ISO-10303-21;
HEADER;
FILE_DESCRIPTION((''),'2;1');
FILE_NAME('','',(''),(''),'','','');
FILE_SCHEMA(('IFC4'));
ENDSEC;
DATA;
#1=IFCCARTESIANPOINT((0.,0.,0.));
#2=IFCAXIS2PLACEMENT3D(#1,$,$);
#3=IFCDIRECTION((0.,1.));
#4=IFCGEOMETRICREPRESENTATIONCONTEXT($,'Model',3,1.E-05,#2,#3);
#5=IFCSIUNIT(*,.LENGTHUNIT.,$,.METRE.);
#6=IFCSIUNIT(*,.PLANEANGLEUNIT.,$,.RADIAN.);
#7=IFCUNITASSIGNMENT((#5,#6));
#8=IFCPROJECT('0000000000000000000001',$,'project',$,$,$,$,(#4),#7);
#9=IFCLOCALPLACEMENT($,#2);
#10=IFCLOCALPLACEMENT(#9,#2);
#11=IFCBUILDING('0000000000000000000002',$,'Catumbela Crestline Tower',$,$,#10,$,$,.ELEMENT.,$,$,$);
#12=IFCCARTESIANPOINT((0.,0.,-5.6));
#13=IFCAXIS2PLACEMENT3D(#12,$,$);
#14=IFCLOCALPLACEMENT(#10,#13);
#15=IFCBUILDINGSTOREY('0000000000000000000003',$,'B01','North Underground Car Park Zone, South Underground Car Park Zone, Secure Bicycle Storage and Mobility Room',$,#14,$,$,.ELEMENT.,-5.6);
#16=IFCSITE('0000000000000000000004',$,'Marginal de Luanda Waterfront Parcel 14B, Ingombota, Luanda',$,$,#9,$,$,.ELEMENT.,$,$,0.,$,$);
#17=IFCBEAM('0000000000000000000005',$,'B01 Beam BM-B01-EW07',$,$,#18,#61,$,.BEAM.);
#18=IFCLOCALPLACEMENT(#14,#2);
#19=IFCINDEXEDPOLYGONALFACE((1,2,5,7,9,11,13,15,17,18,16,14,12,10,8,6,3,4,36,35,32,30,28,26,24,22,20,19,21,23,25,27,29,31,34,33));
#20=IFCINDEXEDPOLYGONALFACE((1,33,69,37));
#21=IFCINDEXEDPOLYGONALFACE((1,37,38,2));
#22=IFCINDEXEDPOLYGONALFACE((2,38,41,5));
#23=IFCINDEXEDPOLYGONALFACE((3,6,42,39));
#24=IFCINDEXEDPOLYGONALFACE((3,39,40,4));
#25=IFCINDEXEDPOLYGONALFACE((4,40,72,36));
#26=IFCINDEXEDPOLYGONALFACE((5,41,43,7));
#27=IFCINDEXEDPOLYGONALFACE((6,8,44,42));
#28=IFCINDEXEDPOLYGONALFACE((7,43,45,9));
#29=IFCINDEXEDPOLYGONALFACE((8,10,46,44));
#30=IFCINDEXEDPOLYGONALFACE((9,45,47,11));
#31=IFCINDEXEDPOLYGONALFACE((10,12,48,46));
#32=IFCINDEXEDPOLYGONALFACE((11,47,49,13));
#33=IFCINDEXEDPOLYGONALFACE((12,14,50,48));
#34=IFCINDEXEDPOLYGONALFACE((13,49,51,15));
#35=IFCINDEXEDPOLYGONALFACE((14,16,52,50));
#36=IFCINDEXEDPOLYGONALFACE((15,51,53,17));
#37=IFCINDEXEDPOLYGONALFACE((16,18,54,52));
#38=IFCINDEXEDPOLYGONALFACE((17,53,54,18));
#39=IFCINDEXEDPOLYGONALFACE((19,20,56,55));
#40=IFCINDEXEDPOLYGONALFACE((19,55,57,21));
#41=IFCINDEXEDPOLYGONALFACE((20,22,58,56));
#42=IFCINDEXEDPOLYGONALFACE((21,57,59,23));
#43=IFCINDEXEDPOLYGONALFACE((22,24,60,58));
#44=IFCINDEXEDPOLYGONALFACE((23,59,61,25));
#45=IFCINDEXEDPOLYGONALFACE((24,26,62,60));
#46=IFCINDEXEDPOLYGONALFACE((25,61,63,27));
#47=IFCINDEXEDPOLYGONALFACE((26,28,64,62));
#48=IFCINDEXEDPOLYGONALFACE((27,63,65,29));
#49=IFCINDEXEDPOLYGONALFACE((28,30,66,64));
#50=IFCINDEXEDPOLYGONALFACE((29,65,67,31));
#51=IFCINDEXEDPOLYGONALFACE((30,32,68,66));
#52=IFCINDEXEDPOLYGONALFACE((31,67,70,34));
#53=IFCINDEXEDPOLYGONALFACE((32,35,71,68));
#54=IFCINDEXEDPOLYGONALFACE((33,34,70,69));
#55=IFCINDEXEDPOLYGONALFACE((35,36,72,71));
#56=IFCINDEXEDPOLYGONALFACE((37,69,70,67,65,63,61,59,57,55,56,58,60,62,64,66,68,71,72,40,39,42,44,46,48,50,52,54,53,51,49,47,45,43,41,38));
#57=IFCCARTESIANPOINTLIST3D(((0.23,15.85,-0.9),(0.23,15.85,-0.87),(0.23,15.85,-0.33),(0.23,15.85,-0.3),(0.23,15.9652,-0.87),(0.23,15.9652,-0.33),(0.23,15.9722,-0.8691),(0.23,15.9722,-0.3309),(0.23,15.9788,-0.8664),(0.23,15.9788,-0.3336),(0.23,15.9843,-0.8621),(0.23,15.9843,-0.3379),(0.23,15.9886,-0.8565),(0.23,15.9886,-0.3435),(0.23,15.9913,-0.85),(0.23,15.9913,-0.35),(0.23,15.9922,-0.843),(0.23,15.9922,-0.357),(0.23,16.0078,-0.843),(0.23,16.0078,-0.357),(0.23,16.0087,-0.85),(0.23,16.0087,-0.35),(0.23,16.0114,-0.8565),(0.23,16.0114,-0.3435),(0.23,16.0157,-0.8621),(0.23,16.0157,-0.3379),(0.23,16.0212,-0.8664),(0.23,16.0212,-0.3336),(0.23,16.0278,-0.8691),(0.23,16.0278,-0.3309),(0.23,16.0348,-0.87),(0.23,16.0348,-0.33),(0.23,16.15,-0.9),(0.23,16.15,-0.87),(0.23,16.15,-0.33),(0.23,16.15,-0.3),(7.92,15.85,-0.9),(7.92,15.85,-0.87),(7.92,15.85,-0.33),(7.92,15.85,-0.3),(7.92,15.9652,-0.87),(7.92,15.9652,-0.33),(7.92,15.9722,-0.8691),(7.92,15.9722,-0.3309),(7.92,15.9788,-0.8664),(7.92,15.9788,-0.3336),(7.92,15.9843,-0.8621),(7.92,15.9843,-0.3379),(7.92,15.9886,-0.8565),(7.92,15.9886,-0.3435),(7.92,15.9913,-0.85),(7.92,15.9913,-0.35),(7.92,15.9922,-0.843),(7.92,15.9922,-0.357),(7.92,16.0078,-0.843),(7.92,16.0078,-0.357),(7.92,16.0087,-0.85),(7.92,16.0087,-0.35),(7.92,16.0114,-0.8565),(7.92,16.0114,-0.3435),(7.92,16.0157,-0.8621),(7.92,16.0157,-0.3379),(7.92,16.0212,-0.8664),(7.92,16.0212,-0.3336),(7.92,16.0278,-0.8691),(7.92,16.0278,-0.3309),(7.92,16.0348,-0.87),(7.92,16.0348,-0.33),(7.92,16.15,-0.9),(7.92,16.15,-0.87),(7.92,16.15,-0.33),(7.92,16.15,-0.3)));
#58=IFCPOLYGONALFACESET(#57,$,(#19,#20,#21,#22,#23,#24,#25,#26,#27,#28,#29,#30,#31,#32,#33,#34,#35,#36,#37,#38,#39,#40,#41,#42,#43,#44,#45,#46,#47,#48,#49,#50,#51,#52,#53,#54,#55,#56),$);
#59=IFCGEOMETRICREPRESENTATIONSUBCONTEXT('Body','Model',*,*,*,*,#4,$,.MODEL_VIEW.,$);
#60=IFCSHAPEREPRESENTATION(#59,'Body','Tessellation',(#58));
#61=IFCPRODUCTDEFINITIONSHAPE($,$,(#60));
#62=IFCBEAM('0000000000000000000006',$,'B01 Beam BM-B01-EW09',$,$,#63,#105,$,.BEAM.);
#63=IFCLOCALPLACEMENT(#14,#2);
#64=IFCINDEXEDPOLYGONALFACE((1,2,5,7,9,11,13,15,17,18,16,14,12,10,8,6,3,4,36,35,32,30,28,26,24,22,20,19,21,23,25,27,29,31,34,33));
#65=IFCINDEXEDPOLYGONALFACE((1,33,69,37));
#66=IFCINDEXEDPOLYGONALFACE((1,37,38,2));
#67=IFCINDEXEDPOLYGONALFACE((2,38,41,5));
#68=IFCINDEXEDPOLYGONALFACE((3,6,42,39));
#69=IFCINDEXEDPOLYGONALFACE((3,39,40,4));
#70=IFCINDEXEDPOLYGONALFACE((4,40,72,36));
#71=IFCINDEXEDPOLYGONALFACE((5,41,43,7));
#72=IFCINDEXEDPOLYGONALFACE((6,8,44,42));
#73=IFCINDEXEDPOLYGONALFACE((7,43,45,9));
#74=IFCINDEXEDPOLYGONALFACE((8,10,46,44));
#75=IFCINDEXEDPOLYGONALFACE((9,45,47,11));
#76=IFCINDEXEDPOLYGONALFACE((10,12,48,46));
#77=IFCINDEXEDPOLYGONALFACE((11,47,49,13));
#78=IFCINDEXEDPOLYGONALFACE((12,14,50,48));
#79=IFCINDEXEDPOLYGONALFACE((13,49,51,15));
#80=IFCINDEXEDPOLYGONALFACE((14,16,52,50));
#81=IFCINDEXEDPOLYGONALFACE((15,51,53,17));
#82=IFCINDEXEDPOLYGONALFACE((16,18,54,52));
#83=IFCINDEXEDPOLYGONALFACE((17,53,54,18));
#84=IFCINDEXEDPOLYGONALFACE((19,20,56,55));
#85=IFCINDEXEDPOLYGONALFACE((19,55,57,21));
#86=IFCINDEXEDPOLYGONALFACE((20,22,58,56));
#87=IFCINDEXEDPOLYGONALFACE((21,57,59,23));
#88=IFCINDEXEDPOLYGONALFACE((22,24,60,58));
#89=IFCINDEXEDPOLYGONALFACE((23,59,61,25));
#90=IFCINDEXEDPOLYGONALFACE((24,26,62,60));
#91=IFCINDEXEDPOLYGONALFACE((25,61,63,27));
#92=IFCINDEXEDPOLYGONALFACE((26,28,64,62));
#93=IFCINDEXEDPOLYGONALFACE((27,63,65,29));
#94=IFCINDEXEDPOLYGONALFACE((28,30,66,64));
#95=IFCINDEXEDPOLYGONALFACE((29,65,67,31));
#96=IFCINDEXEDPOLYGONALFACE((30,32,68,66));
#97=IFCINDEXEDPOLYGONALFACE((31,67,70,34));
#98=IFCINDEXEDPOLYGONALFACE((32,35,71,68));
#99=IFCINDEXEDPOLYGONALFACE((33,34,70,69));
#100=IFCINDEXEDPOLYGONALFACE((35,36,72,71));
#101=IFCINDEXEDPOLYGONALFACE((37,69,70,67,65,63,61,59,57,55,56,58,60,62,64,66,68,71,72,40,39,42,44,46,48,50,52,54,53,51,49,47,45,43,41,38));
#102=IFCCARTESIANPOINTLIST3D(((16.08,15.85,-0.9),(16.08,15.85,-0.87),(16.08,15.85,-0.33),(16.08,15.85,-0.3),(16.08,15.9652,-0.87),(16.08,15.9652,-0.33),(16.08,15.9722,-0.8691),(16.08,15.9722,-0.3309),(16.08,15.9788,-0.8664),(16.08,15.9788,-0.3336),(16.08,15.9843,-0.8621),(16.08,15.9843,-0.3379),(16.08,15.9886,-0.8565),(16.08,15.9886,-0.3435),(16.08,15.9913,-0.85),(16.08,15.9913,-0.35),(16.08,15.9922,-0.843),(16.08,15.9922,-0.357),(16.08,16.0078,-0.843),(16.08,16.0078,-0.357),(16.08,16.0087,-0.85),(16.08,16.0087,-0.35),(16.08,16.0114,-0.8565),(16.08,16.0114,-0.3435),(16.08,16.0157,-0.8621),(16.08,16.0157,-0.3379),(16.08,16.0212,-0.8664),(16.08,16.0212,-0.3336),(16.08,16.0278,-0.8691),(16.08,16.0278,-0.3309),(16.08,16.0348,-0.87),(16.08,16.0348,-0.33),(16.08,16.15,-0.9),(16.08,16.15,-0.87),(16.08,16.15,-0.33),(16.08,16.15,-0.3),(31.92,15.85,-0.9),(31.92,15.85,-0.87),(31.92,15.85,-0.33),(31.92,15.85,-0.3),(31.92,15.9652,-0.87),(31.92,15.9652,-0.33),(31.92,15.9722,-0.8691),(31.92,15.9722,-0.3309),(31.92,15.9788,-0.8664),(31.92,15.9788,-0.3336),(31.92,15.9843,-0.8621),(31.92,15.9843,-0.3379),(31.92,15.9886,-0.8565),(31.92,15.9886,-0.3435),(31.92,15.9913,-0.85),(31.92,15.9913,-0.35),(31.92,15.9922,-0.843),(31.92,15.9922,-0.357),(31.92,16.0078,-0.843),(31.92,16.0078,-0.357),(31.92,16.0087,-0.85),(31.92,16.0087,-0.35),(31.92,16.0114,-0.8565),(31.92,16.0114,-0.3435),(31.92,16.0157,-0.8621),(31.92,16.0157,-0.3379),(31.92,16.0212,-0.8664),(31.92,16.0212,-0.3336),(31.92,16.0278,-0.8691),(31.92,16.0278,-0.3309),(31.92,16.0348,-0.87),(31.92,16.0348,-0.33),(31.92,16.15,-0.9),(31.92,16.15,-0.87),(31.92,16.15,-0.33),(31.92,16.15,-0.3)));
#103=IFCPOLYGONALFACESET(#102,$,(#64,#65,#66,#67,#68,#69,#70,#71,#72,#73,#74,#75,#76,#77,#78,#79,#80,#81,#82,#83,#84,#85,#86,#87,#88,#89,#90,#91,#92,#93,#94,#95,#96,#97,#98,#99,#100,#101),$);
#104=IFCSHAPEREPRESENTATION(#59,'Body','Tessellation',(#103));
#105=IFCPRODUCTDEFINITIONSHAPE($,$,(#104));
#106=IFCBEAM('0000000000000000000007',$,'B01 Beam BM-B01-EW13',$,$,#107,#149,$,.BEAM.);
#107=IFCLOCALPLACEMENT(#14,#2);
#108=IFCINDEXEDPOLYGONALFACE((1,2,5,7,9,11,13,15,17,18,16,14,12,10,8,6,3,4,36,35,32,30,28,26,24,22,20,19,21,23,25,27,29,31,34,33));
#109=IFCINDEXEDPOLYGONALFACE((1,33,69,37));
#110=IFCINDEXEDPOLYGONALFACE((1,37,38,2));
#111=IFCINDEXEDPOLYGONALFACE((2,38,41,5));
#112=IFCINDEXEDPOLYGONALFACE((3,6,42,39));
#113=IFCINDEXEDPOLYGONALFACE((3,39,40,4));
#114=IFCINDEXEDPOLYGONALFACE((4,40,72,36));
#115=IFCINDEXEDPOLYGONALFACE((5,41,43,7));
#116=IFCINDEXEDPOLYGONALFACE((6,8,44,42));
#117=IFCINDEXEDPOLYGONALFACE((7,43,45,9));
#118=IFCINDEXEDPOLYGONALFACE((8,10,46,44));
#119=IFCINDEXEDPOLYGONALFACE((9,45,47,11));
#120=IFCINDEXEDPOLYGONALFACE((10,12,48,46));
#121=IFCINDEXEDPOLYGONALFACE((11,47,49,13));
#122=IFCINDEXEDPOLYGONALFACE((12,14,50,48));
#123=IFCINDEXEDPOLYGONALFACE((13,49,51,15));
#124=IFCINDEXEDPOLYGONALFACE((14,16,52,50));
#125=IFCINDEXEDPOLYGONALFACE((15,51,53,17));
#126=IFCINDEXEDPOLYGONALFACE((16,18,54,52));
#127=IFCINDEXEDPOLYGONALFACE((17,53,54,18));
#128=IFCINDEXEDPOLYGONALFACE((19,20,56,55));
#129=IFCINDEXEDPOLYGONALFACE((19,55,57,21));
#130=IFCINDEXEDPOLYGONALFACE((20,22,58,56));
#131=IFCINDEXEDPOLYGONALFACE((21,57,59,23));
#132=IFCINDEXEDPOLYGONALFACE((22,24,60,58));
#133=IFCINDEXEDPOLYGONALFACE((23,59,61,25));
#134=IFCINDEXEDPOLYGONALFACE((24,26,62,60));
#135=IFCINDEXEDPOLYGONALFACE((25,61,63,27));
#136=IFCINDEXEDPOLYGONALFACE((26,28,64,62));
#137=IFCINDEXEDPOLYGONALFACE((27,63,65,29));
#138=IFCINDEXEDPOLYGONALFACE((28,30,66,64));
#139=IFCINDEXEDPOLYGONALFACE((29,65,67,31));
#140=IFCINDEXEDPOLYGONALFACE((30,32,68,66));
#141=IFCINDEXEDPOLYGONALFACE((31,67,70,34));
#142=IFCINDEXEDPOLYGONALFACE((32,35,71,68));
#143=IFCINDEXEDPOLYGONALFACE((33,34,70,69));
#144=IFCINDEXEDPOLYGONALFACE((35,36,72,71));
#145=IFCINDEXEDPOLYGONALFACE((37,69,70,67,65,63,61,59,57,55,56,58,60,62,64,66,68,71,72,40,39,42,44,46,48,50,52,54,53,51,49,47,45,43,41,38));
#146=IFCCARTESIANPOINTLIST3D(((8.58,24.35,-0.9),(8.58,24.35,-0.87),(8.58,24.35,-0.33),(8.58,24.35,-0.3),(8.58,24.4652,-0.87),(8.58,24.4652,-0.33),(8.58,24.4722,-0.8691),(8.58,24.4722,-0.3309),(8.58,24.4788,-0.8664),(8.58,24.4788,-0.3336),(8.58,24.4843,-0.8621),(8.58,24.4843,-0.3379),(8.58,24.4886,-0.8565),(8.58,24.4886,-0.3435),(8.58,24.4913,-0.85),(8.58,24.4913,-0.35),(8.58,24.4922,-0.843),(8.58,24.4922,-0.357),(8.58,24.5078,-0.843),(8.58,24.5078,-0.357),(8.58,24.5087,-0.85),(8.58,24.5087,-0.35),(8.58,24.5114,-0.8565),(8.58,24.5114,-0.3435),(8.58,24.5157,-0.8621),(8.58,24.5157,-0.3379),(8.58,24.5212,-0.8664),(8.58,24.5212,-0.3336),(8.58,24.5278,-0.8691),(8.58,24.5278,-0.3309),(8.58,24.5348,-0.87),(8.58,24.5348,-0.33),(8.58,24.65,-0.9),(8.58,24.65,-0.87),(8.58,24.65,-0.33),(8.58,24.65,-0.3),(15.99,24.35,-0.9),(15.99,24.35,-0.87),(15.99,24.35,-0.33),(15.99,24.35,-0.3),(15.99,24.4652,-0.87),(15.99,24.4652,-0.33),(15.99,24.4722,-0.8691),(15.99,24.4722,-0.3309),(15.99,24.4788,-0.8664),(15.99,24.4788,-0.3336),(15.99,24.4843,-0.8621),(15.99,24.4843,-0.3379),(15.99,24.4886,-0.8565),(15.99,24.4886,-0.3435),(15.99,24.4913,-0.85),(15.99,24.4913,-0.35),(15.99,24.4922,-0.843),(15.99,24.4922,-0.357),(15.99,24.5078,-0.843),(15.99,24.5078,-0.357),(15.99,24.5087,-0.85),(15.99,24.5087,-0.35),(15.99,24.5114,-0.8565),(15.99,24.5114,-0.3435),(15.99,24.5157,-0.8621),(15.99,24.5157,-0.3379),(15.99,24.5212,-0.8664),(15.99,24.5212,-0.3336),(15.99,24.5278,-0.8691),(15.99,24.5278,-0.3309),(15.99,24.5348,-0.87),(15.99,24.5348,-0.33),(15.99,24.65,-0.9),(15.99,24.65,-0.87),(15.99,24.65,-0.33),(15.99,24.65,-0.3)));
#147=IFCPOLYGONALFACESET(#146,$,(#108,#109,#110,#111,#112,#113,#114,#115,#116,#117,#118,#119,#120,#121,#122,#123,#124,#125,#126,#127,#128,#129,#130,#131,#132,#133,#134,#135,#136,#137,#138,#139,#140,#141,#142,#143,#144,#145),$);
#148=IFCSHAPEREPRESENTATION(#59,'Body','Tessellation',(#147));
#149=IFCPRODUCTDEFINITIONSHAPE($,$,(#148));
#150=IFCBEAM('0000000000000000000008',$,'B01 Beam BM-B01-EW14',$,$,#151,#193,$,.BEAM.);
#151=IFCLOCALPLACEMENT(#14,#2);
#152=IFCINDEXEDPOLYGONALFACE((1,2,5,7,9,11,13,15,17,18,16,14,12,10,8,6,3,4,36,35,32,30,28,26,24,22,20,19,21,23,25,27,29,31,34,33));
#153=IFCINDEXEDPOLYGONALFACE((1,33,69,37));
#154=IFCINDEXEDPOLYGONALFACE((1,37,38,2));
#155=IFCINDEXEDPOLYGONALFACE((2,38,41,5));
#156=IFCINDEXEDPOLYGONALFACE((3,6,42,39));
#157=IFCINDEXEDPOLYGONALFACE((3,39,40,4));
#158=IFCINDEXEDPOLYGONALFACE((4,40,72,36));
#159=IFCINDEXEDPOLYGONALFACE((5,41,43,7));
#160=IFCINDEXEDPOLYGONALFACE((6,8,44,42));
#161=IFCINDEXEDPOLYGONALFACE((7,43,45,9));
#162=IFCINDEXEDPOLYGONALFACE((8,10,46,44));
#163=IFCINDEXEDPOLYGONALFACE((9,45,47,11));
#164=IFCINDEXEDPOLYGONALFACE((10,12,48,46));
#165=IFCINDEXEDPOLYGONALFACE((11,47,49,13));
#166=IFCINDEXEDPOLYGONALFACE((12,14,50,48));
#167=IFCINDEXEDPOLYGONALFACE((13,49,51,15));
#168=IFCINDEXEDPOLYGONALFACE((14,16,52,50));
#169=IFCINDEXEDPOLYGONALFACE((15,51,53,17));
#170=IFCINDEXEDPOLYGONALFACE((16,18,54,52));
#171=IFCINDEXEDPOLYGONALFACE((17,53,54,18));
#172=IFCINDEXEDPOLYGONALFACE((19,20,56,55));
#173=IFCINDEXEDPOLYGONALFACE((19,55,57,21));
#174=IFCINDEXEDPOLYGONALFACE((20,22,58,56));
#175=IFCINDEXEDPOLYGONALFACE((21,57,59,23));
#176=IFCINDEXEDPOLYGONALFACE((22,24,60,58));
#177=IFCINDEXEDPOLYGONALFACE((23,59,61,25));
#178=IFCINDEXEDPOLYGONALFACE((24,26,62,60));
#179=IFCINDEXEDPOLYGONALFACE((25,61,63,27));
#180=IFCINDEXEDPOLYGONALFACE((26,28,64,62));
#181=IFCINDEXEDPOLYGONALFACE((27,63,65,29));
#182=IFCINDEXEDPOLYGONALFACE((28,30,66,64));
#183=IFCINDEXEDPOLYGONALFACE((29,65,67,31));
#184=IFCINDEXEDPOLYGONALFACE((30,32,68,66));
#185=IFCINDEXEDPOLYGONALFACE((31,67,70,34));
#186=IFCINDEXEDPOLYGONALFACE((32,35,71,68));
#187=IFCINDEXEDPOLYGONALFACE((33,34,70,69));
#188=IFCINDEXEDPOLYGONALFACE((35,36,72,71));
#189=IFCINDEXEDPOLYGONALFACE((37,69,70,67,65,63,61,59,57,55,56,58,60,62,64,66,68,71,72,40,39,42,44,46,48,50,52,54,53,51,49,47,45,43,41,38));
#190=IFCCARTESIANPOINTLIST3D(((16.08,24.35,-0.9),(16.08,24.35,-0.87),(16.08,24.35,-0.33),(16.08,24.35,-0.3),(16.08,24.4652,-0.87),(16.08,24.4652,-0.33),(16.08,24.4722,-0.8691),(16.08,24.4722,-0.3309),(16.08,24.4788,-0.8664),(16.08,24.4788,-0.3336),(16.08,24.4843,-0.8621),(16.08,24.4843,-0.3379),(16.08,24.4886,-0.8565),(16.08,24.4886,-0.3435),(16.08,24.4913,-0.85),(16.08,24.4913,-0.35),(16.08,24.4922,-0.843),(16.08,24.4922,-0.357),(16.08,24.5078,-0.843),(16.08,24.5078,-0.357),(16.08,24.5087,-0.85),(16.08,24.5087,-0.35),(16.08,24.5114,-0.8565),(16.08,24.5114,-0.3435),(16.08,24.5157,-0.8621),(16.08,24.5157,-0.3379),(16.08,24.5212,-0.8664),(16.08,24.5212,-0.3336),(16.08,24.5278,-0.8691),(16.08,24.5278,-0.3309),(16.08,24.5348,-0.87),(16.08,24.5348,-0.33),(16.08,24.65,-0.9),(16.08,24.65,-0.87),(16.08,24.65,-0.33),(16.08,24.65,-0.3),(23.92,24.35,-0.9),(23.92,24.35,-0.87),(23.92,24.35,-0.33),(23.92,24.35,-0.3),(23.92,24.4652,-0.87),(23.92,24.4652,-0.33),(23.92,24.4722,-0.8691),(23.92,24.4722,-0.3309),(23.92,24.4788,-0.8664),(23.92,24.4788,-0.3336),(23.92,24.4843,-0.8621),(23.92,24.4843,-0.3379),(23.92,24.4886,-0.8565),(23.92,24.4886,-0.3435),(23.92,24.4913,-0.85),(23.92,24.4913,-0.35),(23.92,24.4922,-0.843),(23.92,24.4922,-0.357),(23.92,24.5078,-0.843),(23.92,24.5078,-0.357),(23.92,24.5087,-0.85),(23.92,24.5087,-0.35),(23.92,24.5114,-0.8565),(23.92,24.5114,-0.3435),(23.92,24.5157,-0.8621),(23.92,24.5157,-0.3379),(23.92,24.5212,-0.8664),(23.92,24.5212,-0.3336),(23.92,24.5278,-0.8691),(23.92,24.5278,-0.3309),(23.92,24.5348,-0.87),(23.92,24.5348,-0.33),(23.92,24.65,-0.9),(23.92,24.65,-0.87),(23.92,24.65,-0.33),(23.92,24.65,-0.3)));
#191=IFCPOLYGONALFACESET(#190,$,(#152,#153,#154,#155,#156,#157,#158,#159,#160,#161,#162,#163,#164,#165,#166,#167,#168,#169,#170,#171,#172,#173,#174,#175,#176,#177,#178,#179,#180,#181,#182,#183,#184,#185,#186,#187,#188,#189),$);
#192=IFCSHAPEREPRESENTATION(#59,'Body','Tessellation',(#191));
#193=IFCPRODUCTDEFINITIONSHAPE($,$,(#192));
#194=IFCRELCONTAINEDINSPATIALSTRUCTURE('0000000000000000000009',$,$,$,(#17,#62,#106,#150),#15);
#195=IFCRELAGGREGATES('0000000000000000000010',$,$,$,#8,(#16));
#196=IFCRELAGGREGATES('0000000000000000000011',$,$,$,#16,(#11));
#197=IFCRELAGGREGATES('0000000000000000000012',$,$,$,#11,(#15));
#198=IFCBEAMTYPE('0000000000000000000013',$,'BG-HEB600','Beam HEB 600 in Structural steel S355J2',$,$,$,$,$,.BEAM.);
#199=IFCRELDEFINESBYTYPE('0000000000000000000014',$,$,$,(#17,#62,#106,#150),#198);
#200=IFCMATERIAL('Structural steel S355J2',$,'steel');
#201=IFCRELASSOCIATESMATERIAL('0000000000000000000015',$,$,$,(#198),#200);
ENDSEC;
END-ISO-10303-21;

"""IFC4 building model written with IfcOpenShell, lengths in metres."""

from ifc_helpers import new_model, si_unit, direction, frame, origin, origin_2d, place, context, subcontext, project, spatial, i_section, extrude, material, material_profile, profile_set, type_object, element, save


model = new_model("IFC4")

# Units and contexts
model_context = context("Model", 3, precision=1e-05, world=origin(), true_north=direction((0.0, 1.0)))
body_context = subcontext(model_context, "Body", "Model", "MODEL_VIEW")
ifc_project = project(units=[si_unit("LENGTHUNIT", "METRE"), si_unit("PLANEANGLEUNIT", "RADIAN")], contexts=[model_context])

# Site, building, storey
site_placement = place(None, origin())
site = spatial("IfcSite", under=ifc_project, at=site_placement, Name="Marginal de Luanda Waterfront Parcel 14B, Ingombota, Luanda", CompositionType="ELEMENT", RefElevation=0.0)
building_placement = place(site_placement, origin())
building = spatial("IfcBuilding", under=site, at=building_placement, Name="Catumbela Crestline Tower", CompositionType="ELEMENT")
storey_placement = place(building_placement, frame((0.0, 0.0, -5.6)))
storey = spatial("IfcBuildingStorey", under=building, at=storey_placement, Name="B01", Description="North Underground Car Park Zone, South Underground Car Park Zone, Secure Bicycle Storage and Mobility Room", CompositionType="ELEMENT", Elevation=-5.6)

# Beams
ifc_material_1 = material(Name="Structural steel S355J2", Category="steel")
ifc_material_profile_1 = material_profile(ifc_material_1, i_section(OverallWidth=0.3, OverallDepth=0.6, WebThickness=0.0155, FlangeThickness=0.03, FilletRadius=0.027, at=origin_2d()), Name="HEB 600")
ifc_profile_set_1 = profile_set([ifc_material_profile_1], Name="Structural steel S355J2")
beam_type_1 = type_object("IfcBeamType", Name="BG-HEB600", Description="Beam HEB 600 in Structural steel S355J2", PredefinedType="BEAM", material=ifc_profile_set_1)
beam_1_placement = place(storey_placement, frame((0.23, 16.0, -0.6), z_axis=(1.0, 0.0, 0.0), x_axis=(0.0, 1.0, 0.0)))
element("IfcBeam", 1, at=beam_1_placement, inside=storey, type_object=beam_type_1, Name="B01 Beam BM-B01-EW07", PredefinedType="BEAM", context=body_context, shape_type="SweptSolid", body=[
    extrude(i_section(OverallWidth=0.3, OverallDepth=0.6, WebThickness=0.0155, FlangeThickness=0.03, FilletRadius=0.027, at=origin_2d()), origin(), (0.0, 0.0, 1.0), 7.69),
])
beam_2_placement = place(storey_placement, frame((16.08, 16.0, -0.6), z_axis=(1.0, 0.0, 0.0), x_axis=(0.0, 1.0, 0.0)))
element("IfcBeam", 2, at=beam_2_placement, inside=storey, type_object=beam_type_1, Name="B01 Beam BM-B01-EW09", PredefinedType="BEAM", context=body_context, shape_type="SweptSolid", body=[
    extrude(i_section(OverallWidth=0.3, OverallDepth=0.6, WebThickness=0.0155, FlangeThickness=0.03, FilletRadius=0.027, at=origin_2d()), origin(), (0.0, 0.0, 1.0), 15.84),
])
beam_3_placement = place(storey_placement, frame((8.58, 24.5, -0.6), z_axis=(1.0, 0.0, 0.0), x_axis=(0.0, 1.0, 0.0)))
element("IfcBeam", 3, at=beam_3_placement, inside=storey, type_object=beam_type_1, Name="B01 Beam BM-B01-EW13", PredefinedType="BEAM", context=body_context, shape_type="SweptSolid", body=[
    extrude(i_section(OverallWidth=0.3, OverallDepth=0.6, WebThickness=0.0155, FlangeThickness=0.03, FilletRadius=0.027, at=origin_2d()), origin(), (0.0, 0.0, 1.0), 7.41),
])
for number, where, z_axis, x_axis, name in (
    (4, (16.08, 24.5, -0.6), (1.0, 0.0, 0.0), (0.0, 1.0, 0.0), "B01 Beam BM-B01-EW14"),
):
    element("IfcBeam", number, at=place(storey_placement, frame(where, z_axis=z_axis, x_axis=x_axis)), inside=storey, type_object=beam_type_1, Name=name, PredefinedType="BEAM", context=body_context, shape_type="SweptSolid", body=[
        extrude(i_section(OverallWidth=0.3, OverallDepth=0.6, WebThickness=0.0155, FlangeThickness=0.03, FilletRadius=0.027, at=origin_2d()), origin(), (0.0, 0.0, 1.0), 7.84),
    ])

save(model, "model.ifc")
